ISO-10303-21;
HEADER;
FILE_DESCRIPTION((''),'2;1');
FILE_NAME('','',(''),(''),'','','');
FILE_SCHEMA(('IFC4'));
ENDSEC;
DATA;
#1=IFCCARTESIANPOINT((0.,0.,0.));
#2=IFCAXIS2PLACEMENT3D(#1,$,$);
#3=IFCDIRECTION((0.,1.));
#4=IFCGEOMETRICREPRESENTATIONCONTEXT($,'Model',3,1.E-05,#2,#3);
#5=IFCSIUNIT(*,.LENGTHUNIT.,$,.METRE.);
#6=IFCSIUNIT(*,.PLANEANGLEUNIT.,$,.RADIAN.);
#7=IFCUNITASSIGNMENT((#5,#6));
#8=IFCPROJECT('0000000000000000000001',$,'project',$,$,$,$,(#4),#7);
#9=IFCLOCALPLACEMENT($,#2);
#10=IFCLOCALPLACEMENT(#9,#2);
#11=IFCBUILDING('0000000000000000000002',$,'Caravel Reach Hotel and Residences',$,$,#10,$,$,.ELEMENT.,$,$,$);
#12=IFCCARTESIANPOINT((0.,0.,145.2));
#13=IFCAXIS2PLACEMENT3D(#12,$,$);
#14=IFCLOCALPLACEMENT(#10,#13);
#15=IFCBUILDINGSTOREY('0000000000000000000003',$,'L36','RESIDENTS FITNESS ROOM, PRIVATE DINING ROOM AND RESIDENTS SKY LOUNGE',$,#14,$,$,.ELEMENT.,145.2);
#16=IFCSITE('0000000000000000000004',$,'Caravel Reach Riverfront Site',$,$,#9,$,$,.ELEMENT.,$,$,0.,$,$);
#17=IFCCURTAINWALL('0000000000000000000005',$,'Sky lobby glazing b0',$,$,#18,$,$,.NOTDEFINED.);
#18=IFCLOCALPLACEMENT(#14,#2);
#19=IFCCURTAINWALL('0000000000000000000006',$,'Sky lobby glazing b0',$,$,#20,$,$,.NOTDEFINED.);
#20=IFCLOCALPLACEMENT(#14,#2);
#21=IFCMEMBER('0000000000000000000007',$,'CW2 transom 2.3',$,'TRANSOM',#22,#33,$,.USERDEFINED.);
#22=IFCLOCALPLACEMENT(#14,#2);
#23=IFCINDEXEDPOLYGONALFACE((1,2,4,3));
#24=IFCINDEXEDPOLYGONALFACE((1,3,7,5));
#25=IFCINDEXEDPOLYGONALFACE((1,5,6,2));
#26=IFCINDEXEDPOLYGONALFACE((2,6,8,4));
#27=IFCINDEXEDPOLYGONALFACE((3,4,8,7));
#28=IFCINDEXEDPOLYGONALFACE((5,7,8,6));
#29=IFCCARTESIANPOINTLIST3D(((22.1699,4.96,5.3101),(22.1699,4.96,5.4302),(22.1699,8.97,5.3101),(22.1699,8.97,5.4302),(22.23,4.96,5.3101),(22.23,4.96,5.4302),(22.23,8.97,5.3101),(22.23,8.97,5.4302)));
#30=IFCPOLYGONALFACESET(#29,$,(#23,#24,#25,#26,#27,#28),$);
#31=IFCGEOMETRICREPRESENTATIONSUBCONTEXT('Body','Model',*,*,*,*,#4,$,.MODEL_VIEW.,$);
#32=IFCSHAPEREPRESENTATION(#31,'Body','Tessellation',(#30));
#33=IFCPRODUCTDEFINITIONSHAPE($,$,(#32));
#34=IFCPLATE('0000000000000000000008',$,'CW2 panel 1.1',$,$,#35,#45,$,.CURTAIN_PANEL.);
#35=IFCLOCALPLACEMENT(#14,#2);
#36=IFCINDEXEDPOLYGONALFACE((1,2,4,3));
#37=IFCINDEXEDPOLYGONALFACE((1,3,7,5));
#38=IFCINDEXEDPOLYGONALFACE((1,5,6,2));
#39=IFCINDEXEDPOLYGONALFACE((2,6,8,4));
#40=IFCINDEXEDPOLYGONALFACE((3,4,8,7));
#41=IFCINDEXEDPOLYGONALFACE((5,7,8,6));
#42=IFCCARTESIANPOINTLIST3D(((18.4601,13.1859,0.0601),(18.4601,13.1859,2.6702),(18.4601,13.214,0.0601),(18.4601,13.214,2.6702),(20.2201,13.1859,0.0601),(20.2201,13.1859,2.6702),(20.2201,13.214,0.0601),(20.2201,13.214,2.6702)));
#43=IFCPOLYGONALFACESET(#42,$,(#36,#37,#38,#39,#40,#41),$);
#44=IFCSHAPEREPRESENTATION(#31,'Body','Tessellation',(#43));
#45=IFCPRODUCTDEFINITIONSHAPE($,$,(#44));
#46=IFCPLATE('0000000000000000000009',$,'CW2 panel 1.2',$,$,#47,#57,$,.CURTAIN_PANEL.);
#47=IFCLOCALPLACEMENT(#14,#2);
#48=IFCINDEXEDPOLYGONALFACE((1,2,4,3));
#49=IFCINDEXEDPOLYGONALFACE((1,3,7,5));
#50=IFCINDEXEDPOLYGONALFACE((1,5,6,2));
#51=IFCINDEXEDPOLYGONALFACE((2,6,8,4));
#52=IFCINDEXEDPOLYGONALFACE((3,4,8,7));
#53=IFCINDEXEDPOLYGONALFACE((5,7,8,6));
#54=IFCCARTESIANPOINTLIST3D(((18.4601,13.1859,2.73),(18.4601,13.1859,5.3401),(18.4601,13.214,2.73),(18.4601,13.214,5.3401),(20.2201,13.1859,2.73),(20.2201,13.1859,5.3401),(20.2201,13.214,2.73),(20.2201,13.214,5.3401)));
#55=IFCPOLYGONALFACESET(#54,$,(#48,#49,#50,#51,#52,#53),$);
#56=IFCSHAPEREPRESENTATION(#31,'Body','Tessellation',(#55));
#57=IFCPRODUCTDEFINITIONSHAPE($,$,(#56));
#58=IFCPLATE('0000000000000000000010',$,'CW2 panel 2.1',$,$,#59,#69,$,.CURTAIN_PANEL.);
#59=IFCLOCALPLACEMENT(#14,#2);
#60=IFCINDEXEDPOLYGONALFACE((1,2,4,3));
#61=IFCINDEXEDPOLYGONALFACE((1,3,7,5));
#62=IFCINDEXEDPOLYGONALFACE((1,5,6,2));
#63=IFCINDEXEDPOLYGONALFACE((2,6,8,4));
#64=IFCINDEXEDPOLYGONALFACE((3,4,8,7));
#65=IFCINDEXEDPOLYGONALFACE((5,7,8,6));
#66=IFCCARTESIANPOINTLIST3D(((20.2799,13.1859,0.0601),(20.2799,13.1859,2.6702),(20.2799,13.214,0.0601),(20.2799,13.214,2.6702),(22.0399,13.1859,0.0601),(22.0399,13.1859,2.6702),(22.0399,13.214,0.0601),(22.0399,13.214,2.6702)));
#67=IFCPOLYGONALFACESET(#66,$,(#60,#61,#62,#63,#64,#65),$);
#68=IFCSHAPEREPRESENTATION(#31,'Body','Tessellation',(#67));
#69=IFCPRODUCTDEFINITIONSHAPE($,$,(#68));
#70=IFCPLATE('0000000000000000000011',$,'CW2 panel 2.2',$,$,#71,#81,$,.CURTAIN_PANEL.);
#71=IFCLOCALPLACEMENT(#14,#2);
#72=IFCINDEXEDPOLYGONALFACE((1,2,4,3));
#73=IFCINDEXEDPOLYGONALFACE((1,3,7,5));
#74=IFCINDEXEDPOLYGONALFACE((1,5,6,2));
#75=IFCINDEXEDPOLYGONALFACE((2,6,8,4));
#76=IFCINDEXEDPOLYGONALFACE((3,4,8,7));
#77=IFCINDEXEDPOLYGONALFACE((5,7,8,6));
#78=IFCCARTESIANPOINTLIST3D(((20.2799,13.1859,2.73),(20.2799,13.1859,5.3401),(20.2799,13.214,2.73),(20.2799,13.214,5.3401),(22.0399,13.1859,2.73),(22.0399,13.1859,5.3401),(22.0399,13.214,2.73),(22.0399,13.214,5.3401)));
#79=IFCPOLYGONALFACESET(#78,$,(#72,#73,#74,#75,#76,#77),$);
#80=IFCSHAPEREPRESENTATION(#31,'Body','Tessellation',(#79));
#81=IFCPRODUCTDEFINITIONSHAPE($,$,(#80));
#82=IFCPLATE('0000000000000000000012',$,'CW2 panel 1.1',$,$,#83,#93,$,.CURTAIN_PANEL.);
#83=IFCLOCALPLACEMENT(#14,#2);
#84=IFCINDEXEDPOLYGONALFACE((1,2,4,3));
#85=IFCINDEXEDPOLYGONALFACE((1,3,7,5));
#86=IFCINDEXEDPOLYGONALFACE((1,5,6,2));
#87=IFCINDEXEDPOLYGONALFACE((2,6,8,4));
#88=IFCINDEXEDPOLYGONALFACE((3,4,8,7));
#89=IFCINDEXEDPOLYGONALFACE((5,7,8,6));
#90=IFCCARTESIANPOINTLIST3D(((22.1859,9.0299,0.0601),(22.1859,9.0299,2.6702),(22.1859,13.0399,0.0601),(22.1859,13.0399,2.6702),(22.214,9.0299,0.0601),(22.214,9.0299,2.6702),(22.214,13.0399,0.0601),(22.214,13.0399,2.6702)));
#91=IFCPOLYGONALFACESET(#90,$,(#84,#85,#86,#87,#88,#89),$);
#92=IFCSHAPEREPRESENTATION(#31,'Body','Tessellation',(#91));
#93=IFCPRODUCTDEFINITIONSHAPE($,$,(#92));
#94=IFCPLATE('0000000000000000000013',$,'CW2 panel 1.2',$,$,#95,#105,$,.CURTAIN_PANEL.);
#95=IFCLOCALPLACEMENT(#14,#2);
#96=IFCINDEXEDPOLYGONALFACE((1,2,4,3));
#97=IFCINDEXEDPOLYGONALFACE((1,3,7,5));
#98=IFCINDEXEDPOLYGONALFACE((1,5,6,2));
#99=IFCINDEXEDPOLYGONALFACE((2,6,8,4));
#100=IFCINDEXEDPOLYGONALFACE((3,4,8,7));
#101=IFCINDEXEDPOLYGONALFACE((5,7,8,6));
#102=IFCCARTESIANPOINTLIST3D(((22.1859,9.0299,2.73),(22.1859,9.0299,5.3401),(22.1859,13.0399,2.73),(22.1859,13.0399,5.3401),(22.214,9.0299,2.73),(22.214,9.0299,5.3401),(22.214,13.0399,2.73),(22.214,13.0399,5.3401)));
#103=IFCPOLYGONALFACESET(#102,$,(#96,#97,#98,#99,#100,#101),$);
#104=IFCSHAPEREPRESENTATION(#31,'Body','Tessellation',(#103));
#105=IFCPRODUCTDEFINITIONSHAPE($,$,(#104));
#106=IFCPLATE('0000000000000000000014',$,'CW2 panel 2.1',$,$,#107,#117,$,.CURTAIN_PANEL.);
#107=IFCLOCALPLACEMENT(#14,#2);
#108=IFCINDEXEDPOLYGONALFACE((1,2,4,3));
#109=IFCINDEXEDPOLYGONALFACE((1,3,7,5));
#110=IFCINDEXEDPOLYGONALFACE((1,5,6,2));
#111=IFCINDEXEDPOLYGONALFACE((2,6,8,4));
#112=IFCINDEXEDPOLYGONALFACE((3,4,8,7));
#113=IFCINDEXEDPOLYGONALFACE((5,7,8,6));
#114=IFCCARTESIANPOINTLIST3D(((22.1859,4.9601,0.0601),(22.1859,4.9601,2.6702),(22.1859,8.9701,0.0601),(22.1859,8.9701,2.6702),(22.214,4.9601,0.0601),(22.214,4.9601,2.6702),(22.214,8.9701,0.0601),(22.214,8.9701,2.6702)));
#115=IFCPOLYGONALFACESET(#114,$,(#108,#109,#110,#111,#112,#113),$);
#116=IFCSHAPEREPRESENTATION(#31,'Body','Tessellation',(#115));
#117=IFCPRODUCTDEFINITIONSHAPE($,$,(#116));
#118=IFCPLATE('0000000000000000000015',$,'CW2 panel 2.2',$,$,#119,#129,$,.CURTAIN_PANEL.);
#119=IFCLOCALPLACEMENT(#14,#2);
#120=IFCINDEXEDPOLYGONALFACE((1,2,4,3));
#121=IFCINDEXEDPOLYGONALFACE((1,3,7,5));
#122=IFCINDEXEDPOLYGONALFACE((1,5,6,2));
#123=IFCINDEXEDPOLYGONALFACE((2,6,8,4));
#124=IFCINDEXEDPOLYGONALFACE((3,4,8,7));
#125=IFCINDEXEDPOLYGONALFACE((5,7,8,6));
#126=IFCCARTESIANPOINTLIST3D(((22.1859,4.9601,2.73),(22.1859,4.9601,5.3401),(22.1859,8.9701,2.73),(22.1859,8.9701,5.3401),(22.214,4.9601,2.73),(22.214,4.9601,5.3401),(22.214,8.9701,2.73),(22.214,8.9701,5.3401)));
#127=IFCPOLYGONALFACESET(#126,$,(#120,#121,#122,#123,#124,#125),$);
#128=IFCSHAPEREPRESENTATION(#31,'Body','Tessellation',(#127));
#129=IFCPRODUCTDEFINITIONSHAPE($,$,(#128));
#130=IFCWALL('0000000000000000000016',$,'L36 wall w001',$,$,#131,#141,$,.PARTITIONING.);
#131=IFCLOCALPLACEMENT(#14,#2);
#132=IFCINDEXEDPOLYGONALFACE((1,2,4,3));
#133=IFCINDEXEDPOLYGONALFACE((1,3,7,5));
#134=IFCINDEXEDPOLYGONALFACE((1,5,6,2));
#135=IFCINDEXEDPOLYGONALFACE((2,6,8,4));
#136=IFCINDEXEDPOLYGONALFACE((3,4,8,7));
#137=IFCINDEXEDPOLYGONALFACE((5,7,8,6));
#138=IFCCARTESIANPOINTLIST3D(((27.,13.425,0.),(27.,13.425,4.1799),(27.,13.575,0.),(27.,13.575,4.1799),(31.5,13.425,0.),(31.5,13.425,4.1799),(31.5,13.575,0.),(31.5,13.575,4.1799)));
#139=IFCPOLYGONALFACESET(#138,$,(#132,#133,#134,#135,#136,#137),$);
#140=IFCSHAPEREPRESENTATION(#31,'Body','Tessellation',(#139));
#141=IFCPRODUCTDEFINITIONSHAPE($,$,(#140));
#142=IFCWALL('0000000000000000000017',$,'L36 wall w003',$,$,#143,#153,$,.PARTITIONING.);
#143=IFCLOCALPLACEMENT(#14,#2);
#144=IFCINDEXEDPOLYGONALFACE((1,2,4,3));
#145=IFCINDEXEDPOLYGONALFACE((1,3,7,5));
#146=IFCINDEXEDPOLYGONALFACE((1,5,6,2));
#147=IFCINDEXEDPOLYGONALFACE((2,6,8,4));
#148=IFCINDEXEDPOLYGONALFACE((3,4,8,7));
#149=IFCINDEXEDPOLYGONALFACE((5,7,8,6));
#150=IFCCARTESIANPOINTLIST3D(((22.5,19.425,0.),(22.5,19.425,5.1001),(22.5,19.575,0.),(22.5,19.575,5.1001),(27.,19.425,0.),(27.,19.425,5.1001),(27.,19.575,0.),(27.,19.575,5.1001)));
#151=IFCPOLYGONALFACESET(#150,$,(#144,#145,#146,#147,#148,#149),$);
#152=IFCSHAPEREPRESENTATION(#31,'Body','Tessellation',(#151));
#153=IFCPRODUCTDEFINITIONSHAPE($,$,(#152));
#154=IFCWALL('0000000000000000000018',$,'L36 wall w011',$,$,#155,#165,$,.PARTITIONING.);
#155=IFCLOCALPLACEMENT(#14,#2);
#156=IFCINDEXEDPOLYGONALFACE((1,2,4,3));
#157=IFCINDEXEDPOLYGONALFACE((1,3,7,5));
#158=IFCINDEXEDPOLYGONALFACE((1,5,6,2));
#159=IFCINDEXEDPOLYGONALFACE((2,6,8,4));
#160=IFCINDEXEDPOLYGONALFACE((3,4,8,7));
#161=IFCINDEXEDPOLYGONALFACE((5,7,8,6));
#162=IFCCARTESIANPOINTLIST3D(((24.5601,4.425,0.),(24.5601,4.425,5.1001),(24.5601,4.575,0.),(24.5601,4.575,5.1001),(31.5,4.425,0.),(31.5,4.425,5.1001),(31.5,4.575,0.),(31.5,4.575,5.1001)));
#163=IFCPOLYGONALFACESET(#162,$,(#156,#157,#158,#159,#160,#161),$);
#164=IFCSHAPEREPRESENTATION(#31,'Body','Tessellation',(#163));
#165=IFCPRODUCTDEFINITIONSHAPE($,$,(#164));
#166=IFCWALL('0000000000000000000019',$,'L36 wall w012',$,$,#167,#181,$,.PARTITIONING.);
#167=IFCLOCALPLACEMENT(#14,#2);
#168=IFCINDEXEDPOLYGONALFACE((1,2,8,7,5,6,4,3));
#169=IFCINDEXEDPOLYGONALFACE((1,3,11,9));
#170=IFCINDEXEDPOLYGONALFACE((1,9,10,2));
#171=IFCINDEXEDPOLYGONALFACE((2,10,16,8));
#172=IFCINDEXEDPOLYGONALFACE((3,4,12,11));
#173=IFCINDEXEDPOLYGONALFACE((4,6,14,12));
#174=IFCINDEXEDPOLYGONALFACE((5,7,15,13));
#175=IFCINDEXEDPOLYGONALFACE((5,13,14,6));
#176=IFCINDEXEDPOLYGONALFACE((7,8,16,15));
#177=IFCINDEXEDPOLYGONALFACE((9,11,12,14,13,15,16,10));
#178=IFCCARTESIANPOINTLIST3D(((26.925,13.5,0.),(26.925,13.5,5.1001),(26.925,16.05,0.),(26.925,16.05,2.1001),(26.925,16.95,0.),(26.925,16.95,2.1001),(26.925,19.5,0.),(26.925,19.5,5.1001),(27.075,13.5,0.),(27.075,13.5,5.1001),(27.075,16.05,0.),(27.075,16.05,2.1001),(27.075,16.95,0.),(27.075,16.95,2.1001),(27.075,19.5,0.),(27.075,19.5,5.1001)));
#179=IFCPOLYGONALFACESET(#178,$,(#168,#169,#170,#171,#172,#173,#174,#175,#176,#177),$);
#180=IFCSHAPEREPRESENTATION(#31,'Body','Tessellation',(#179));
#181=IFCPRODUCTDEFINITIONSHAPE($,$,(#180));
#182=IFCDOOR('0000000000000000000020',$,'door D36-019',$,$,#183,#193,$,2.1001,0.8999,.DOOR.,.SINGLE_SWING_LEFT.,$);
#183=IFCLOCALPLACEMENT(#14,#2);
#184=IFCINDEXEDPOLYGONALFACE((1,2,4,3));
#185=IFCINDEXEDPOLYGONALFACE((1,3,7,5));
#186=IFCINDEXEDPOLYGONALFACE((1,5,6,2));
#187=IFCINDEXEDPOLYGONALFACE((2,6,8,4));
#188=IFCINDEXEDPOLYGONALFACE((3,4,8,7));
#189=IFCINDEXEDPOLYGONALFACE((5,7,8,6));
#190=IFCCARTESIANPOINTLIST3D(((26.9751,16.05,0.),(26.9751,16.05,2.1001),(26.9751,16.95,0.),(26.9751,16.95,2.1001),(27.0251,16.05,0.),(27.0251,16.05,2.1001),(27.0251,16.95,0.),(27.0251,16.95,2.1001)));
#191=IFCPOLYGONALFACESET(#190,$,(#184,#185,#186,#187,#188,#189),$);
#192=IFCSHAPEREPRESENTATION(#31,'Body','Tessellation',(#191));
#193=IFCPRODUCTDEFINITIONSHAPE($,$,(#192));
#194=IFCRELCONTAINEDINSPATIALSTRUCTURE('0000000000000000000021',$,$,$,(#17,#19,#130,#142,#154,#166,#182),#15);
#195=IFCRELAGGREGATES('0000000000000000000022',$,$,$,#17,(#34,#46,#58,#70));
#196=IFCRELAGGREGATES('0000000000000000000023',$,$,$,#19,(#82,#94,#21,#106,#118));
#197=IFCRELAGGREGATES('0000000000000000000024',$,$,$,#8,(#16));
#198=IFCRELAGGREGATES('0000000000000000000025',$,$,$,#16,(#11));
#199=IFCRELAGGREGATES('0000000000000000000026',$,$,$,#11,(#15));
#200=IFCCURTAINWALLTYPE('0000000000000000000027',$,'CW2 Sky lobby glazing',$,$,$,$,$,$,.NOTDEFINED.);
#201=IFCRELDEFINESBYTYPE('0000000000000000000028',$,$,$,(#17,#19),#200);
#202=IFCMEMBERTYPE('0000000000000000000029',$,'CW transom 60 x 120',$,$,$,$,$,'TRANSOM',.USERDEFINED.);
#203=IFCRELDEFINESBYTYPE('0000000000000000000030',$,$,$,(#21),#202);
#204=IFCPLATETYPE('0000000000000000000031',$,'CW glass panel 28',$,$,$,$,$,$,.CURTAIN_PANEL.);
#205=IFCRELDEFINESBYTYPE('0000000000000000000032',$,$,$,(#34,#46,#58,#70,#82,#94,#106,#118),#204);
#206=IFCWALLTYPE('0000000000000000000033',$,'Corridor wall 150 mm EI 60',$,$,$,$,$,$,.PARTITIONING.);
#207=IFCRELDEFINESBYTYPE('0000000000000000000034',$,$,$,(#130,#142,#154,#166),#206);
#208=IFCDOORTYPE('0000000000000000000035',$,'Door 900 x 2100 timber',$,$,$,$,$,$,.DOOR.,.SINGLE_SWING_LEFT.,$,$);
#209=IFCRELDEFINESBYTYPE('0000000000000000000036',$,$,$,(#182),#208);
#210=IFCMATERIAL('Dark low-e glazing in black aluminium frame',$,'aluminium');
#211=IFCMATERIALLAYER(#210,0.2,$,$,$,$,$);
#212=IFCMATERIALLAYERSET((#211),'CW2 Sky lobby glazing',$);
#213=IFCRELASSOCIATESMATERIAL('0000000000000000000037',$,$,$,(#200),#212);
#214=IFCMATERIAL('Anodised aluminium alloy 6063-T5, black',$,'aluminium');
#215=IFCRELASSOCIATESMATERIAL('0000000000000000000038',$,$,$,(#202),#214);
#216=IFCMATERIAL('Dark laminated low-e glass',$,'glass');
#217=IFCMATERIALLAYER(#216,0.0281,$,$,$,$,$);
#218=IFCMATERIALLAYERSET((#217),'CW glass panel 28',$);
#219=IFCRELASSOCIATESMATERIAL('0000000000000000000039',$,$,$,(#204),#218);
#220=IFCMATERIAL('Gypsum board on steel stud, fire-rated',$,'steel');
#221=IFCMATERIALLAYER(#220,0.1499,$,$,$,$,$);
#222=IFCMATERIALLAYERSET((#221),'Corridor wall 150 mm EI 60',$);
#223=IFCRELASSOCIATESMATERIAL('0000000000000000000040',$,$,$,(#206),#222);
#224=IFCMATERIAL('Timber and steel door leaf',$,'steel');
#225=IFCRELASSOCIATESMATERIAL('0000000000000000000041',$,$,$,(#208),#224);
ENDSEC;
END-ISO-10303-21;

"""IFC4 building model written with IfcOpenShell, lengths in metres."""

from ifc_helpers import new_model, si_unit, direction, frame, frame_2d, origin, origin_2d, place, context, subcontext, project, spatial, rectangle, extrude, material, layer, layer_set, material_profile, profile_set, type_object, element, fill, aggregate, save


model = new_model("IFC4")

# Units and contexts
model_context = context("Model", 3, precision=1e-05, world=origin(), true_north=direction((0.0, 1.0)))
body_context = subcontext(model_context, "Body", "Model", "MODEL_VIEW")
ifc_project = project(units=[si_unit("LENGTHUNIT", "METRE"), si_unit("PLANEANGLEUNIT", "RADIAN")], contexts=[model_context])

# Site, building, storey
site_placement = place(None, origin())
site = spatial("IfcSite", under=ifc_project, at=site_placement, Name="Caravel Reach Riverfront Site", CompositionType="ELEMENT", RefElevation=0.0)
building_placement = place(site_placement, origin())
building = spatial("IfcBuilding", under=site, at=building_placement, Name="Caravel Reach Hotel and Residences", CompositionType="ELEMENT")
storey_placement = place(building_placement, frame((0.0, 0.0, 145.2)))
storey = spatial("IfcBuildingStorey", under=building, at=storey_placement, Name="L36", Description="RESIDENTS FITNESS ROOM, PRIVATE DINING ROOM AND RESIDENTS SKY LOUNGE", CompositionType="ELEMENT", Elevation=145.2)

# Curtain walls
ifc_material_1 = material(Name="Dark low-e glazing in black aluminium frame", Category="aluminium")
ifc_layer_1 = layer(ifc_material_1, 0.2)
ifc_layer_set_1 = layer_set([ifc_layer_1], Name="CW2 Sky lobby glazing")
curtain_wall_type = type_object("IfcCurtainWallType", Name="CW2 Sky lobby glazing", PredefinedType="NOTDEFINED", material=ifc_layer_set_1)
curtain_wall_1_placement = place(storey_placement, origin())
curtain_wall_1 = element("IfcCurtainWall", 1, at=curtain_wall_1_placement, inside=storey, type_object=curtain_wall_type, Name="Sky lobby glazing b0", PredefinedType="NOTDEFINED")
curtain_wall_2_placement = place(storey_placement, origin())
curtain_wall_2 = element("IfcCurtainWall", 2, at=curtain_wall_2_placement, inside=storey, type_object=curtain_wall_type, Name="Sky lobby glazing b0", PredefinedType="NOTDEFINED")

# Member
ifc_material_2 = material(Name="Anodised aluminium alloy 6063-T5, black", Category="aluminium")
ifc_material_profile_1 = material_profile(ifc_material_2, rectangle(XDim=0.0601, YDim=0.1201, at=origin_2d()), Name="CW transom 60 x 120")
ifc_profile_set_1 = profile_set([ifc_material_profile_1], Name="Anodised aluminium alloy 6063-T5, black")
member_type_1 = type_object("IfcMemberType", Name="CW transom 60 x 120", ElementType="TRANSOM", PredefinedType="USERDEFINED", material=ifc_profile_set_1)
member_1_placement = place(storey_placement, frame((22.2, 8.97, 5.3701), z_axis=(0.0, -1.0, 0.0), x_axis=(1.0, 0.0, 0.0)))
member_1 = element("IfcMember", 3, at=member_1_placement, type_object=member_type_1, Name="CW2 transom 2.3", ObjectType="TRANSOM", PredefinedType="USERDEFINED", context=body_context, shape_type="SweptSolid", body=[
    extrude(rectangle(XDim=0.0601, YDim=0.1201, at=origin_2d()), origin(), (0.0, 0.0, 1.0), 4.01),
])

# Plates
ifc_material_3 = material(Name="Dark laminated low-e glass", Category="glass")
ifc_layer_2 = layer(ifc_material_3, 0.0281)
ifc_layer_set_2 = layer_set([ifc_layer_2], Name="CW glass panel 28")
plate_type = type_object("IfcPlateType", Name="CW glass panel 28", PredefinedType="CURTAIN_PANEL", material=ifc_layer_set_2)
plate_1_placement = place(storey_placement, frame((19.3401, 13.2, 0.0601), z_axis=(0.0, 0.0, 1.0), x_axis=(1.0, 0.0, 0.0)))
plate_1 = element("IfcPlate", 4, at=plate_1_placement, type_object=plate_type, Name="CW2 panel 1.1", PredefinedType="CURTAIN_PANEL", context=body_context, shape_type="SweptSolid", body=[
    extrude(rectangle(XDim=1.76, YDim=0.0281, at=origin_2d()), origin(), (0.0, 0.0, 1.0), 2.6101),
])
plate_2_placement = place(storey_placement, frame((19.3401, 13.2, 2.73), z_axis=(0.0, 0.0, 1.0), x_axis=(1.0, 0.0, 0.0)))
plate_2 = element("IfcPlate", 5, at=plate_2_placement, type_object=plate_type, Name="CW2 panel 1.2", PredefinedType="CURTAIN_PANEL", context=body_context, shape_type="SweptSolid", body=[
    extrude(rectangle(XDim=1.76, YDim=0.0281, at=origin_2d()), origin(), (0.0, 0.0, 1.0), 2.6101),
])
plate_3_placement = place(storey_placement, frame((21.1599, 13.2, 0.0601), z_axis=(0.0, 0.0, 1.0), x_axis=(1.0, 0.0, 0.0)))
plate_3 = element("IfcPlate", 6, at=plate_3_placement, type_object=plate_type, Name="CW2 panel 2.1", PredefinedType="CURTAIN_PANEL", context=body_context, shape_type="SweptSolid", body=[
    extrude(rectangle(XDim=1.76, YDim=0.0281, at=origin_2d()), origin(), (0.0, 0.0, 1.0), 2.6101),
])
plate_4_placement = place(storey_placement, frame((21.1599, 13.2, 2.73), z_axis=(0.0, 0.0, 1.0), x_axis=(1.0, 0.0, 0.0)))
plate_4 = element("IfcPlate", 7, at=plate_4_placement, type_object=plate_type, Name="CW2 panel 2.2", PredefinedType="CURTAIN_PANEL", context=body_context, shape_type="SweptSolid", body=[
    extrude(rectangle(XDim=1.76, YDim=0.0281, at=origin_2d()), origin(), (0.0, 0.0, 1.0), 2.6101),
])
aggregate(curtain_wall_1, [plate_1, plate_2, plate_3, plate_4])
plate_5_placement = place(storey_placement, frame((22.2, 11.0349, 0.0601), z_axis=(0.0, 0.0, 1.0), x_axis=(0.0, -1.0, 0.0)))
plate_5 = element("IfcPlate", 8, at=plate_5_placement, type_object=plate_type, Name="CW2 panel 1.1", PredefinedType="CURTAIN_PANEL", context=body_context, shape_type="SweptSolid", body=[
    extrude(rectangle(XDim=4.01, YDim=0.0281, at=origin_2d()), origin(), (0.0, 0.0, 1.0), 2.6101),
])
plate_6_placement = place(storey_placement, frame((22.2, 11.0349, 2.73), z_axis=(0.0, 0.0, 1.0), x_axis=(0.0, -1.0, 0.0)))
plate_6 = element("IfcPlate", 9, at=plate_6_placement, type_object=plate_type, Name="CW2 panel 1.2", PredefinedType="CURTAIN_PANEL", context=body_context, shape_type="SweptSolid", body=[
    extrude(rectangle(XDim=4.01, YDim=0.0281, at=origin_2d()), origin(), (0.0, 0.0, 1.0), 2.6101),
])
plate_7_placement = place(storey_placement, frame((22.2, 6.9651, 0.0601), z_axis=(0.0, 0.0, 1.0), x_axis=(0.0, -1.0, 0.0)))
plate_7 = element("IfcPlate", 10, at=plate_7_placement, type_object=plate_type, Name="CW2 panel 2.1", PredefinedType="CURTAIN_PANEL", context=body_context, shape_type="SweptSolid", body=[
    extrude(rectangle(XDim=4.01, YDim=0.0281, at=origin_2d()), origin(), (0.0, 0.0, 1.0), 2.6101),
])
plate_8_placement = place(storey_placement, frame((22.2, 6.9651, 2.73), z_axis=(0.0, 0.0, 1.0), x_axis=(0.0, -1.0, 0.0)))
plate_8 = element("IfcPlate", 11, at=plate_8_placement, type_object=plate_type, Name="CW2 panel 2.2", PredefinedType="CURTAIN_PANEL", context=body_context, shape_type="SweptSolid", body=[
    extrude(rectangle(XDim=4.01, YDim=0.0281, at=origin_2d()), origin(), (0.0, 0.0, 1.0), 2.6101),
])
aggregate(curtain_wall_2, [plate_5, plate_6, member_1, plate_7, plate_8])

# Walls
ifc_material_4 = material(Name="Gypsum board on steel stud, fire-rated", Category="steel")
ifc_layer_3 = layer(ifc_material_4, 0.1499)
ifc_layer_set_3 = layer_set([ifc_layer_3], Name="Corridor wall 150 mm EI 60")
wall_type_1 = type_object("IfcWallType", Name="Corridor wall 150 mm EI 60", PredefinedType="PARTITIONING", material=ifc_layer_set_3)
wall_1_placement = place(storey_placement, frame((27.0, 13.5, 0.0), z_axis=(0.0, 0.0, 1.0), x_axis=(1.0, 0.0, 0.0)))
element("IfcWall", 12, at=wall_1_placement, inside=storey, type_object=wall_type_1, Name="L36 wall w001", PredefinedType="PARTITIONING", context=body_context, shape_type="SweptSolid", body=[
    extrude(rectangle(XDim=4.5, YDim=0.1499, at=frame_2d((2.25, 0.0))), origin(), (0.0, 0.0, 1.0), 4.1799),
])
wall_2_placement = place(storey_placement, frame((22.5, 19.5, 0.0), z_axis=(0.0, 0.0, 1.0), x_axis=(1.0, 0.0, 0.0)))
element("IfcWall", 13, at=wall_2_placement, inside=storey, type_object=wall_type_1, Name="L36 wall w003", PredefinedType="PARTITIONING", context=body_context, shape_type="SweptSolid", body=[
    extrude(rectangle(XDim=4.5, YDim=0.1499, at=frame_2d((2.25, 0.0))), origin(), (0.0, 0.0, 1.0), 5.1001),
])
wall_3_placement = place(storey_placement, frame((24.5601, 4.5, 0.0), z_axis=(0.0, 0.0, 1.0), x_axis=(1.0, 0.0, 0.0)))
element("IfcWall", 14, at=wall_3_placement, inside=storey, type_object=wall_type_1, Name="L36 wall w011", PredefinedType="PARTITIONING", context=body_context, shape_type="SweptSolid", body=[
    extrude(rectangle(XDim=6.9399, YDim=0.1499, at=frame_2d((3.47, 0.0))), origin(), (0.0, 0.0, 1.0), 5.1001),
])

# Wall, opening, door
wall_4_placement = place(storey_placement, frame((27.0, 13.5, 0.0), z_axis=(0.0, 0.0, 1.0), x_axis=(0.0, 1.0, 0.0)))
wall_4 = element("IfcWall", 15, at=wall_4_placement, inside=storey, type_object=wall_type_1, Name="L36 wall w012", PredefinedType="PARTITIONING", context=body_context, shape_type="SweptSolid", body=[
    extrude(rectangle(XDim=6.0, YDim=0.1499, at=frame_2d((3.0, 0.0))), origin(), (0.0, 0.0, 1.0), 5.1001),
])
opening_placement = place(wall_4_placement, frame((2.55, 0.0, 0.0)))
opening = element("IfcOpeningElement", 16, at=opening_placement, cuts=wall_4, PredefinedType="OPENING", context=body_context, shape_type="SweptSolid", body=[
    extrude(rectangle(XDim=0.8999, YDim=2.1001, at=frame_2d((0.45, 1.05))), frame((0.0, 0.085, 0.0), z_axis=(0.0, -1.0, 0.0), x_axis=(1.0, 0.0, 0.0)), (0.0, 0.0, 1.0), 0.1699),
])
ifc_material_5 = material(Name="Timber and steel door leaf", Category="steel")
door_type = type_object("IfcDoorType", Name="Door 900 x 2100 timber", OperationType="SINGLE_SWING_LEFT", PredefinedType="DOOR", material=ifc_material_5)
door_placement = place(opening_placement, origin())
door = element("IfcDoor", 17, at=door_placement, inside=storey, type_object=door_type, Name="door D36-019", OperationType="SINGLE_SWING_LEFT", OverallHeight=2.1001, OverallWidth=0.8999, PredefinedType="DOOR", context=body_context, shape_type="SweptSolid", body=[
    extrude(rectangle(XDim=0.8999, YDim=2.1001, at=frame_2d((0.45, 1.05))), frame((0.0, 0.0249, 0.0), z_axis=(0.0, -1.0, 0.0), x_axis=(1.0, 0.0, 0.0)), (0.0, 0.0, 1.0), 0.05),
])
fill(opening, door)

save(model, "model.ifc")
